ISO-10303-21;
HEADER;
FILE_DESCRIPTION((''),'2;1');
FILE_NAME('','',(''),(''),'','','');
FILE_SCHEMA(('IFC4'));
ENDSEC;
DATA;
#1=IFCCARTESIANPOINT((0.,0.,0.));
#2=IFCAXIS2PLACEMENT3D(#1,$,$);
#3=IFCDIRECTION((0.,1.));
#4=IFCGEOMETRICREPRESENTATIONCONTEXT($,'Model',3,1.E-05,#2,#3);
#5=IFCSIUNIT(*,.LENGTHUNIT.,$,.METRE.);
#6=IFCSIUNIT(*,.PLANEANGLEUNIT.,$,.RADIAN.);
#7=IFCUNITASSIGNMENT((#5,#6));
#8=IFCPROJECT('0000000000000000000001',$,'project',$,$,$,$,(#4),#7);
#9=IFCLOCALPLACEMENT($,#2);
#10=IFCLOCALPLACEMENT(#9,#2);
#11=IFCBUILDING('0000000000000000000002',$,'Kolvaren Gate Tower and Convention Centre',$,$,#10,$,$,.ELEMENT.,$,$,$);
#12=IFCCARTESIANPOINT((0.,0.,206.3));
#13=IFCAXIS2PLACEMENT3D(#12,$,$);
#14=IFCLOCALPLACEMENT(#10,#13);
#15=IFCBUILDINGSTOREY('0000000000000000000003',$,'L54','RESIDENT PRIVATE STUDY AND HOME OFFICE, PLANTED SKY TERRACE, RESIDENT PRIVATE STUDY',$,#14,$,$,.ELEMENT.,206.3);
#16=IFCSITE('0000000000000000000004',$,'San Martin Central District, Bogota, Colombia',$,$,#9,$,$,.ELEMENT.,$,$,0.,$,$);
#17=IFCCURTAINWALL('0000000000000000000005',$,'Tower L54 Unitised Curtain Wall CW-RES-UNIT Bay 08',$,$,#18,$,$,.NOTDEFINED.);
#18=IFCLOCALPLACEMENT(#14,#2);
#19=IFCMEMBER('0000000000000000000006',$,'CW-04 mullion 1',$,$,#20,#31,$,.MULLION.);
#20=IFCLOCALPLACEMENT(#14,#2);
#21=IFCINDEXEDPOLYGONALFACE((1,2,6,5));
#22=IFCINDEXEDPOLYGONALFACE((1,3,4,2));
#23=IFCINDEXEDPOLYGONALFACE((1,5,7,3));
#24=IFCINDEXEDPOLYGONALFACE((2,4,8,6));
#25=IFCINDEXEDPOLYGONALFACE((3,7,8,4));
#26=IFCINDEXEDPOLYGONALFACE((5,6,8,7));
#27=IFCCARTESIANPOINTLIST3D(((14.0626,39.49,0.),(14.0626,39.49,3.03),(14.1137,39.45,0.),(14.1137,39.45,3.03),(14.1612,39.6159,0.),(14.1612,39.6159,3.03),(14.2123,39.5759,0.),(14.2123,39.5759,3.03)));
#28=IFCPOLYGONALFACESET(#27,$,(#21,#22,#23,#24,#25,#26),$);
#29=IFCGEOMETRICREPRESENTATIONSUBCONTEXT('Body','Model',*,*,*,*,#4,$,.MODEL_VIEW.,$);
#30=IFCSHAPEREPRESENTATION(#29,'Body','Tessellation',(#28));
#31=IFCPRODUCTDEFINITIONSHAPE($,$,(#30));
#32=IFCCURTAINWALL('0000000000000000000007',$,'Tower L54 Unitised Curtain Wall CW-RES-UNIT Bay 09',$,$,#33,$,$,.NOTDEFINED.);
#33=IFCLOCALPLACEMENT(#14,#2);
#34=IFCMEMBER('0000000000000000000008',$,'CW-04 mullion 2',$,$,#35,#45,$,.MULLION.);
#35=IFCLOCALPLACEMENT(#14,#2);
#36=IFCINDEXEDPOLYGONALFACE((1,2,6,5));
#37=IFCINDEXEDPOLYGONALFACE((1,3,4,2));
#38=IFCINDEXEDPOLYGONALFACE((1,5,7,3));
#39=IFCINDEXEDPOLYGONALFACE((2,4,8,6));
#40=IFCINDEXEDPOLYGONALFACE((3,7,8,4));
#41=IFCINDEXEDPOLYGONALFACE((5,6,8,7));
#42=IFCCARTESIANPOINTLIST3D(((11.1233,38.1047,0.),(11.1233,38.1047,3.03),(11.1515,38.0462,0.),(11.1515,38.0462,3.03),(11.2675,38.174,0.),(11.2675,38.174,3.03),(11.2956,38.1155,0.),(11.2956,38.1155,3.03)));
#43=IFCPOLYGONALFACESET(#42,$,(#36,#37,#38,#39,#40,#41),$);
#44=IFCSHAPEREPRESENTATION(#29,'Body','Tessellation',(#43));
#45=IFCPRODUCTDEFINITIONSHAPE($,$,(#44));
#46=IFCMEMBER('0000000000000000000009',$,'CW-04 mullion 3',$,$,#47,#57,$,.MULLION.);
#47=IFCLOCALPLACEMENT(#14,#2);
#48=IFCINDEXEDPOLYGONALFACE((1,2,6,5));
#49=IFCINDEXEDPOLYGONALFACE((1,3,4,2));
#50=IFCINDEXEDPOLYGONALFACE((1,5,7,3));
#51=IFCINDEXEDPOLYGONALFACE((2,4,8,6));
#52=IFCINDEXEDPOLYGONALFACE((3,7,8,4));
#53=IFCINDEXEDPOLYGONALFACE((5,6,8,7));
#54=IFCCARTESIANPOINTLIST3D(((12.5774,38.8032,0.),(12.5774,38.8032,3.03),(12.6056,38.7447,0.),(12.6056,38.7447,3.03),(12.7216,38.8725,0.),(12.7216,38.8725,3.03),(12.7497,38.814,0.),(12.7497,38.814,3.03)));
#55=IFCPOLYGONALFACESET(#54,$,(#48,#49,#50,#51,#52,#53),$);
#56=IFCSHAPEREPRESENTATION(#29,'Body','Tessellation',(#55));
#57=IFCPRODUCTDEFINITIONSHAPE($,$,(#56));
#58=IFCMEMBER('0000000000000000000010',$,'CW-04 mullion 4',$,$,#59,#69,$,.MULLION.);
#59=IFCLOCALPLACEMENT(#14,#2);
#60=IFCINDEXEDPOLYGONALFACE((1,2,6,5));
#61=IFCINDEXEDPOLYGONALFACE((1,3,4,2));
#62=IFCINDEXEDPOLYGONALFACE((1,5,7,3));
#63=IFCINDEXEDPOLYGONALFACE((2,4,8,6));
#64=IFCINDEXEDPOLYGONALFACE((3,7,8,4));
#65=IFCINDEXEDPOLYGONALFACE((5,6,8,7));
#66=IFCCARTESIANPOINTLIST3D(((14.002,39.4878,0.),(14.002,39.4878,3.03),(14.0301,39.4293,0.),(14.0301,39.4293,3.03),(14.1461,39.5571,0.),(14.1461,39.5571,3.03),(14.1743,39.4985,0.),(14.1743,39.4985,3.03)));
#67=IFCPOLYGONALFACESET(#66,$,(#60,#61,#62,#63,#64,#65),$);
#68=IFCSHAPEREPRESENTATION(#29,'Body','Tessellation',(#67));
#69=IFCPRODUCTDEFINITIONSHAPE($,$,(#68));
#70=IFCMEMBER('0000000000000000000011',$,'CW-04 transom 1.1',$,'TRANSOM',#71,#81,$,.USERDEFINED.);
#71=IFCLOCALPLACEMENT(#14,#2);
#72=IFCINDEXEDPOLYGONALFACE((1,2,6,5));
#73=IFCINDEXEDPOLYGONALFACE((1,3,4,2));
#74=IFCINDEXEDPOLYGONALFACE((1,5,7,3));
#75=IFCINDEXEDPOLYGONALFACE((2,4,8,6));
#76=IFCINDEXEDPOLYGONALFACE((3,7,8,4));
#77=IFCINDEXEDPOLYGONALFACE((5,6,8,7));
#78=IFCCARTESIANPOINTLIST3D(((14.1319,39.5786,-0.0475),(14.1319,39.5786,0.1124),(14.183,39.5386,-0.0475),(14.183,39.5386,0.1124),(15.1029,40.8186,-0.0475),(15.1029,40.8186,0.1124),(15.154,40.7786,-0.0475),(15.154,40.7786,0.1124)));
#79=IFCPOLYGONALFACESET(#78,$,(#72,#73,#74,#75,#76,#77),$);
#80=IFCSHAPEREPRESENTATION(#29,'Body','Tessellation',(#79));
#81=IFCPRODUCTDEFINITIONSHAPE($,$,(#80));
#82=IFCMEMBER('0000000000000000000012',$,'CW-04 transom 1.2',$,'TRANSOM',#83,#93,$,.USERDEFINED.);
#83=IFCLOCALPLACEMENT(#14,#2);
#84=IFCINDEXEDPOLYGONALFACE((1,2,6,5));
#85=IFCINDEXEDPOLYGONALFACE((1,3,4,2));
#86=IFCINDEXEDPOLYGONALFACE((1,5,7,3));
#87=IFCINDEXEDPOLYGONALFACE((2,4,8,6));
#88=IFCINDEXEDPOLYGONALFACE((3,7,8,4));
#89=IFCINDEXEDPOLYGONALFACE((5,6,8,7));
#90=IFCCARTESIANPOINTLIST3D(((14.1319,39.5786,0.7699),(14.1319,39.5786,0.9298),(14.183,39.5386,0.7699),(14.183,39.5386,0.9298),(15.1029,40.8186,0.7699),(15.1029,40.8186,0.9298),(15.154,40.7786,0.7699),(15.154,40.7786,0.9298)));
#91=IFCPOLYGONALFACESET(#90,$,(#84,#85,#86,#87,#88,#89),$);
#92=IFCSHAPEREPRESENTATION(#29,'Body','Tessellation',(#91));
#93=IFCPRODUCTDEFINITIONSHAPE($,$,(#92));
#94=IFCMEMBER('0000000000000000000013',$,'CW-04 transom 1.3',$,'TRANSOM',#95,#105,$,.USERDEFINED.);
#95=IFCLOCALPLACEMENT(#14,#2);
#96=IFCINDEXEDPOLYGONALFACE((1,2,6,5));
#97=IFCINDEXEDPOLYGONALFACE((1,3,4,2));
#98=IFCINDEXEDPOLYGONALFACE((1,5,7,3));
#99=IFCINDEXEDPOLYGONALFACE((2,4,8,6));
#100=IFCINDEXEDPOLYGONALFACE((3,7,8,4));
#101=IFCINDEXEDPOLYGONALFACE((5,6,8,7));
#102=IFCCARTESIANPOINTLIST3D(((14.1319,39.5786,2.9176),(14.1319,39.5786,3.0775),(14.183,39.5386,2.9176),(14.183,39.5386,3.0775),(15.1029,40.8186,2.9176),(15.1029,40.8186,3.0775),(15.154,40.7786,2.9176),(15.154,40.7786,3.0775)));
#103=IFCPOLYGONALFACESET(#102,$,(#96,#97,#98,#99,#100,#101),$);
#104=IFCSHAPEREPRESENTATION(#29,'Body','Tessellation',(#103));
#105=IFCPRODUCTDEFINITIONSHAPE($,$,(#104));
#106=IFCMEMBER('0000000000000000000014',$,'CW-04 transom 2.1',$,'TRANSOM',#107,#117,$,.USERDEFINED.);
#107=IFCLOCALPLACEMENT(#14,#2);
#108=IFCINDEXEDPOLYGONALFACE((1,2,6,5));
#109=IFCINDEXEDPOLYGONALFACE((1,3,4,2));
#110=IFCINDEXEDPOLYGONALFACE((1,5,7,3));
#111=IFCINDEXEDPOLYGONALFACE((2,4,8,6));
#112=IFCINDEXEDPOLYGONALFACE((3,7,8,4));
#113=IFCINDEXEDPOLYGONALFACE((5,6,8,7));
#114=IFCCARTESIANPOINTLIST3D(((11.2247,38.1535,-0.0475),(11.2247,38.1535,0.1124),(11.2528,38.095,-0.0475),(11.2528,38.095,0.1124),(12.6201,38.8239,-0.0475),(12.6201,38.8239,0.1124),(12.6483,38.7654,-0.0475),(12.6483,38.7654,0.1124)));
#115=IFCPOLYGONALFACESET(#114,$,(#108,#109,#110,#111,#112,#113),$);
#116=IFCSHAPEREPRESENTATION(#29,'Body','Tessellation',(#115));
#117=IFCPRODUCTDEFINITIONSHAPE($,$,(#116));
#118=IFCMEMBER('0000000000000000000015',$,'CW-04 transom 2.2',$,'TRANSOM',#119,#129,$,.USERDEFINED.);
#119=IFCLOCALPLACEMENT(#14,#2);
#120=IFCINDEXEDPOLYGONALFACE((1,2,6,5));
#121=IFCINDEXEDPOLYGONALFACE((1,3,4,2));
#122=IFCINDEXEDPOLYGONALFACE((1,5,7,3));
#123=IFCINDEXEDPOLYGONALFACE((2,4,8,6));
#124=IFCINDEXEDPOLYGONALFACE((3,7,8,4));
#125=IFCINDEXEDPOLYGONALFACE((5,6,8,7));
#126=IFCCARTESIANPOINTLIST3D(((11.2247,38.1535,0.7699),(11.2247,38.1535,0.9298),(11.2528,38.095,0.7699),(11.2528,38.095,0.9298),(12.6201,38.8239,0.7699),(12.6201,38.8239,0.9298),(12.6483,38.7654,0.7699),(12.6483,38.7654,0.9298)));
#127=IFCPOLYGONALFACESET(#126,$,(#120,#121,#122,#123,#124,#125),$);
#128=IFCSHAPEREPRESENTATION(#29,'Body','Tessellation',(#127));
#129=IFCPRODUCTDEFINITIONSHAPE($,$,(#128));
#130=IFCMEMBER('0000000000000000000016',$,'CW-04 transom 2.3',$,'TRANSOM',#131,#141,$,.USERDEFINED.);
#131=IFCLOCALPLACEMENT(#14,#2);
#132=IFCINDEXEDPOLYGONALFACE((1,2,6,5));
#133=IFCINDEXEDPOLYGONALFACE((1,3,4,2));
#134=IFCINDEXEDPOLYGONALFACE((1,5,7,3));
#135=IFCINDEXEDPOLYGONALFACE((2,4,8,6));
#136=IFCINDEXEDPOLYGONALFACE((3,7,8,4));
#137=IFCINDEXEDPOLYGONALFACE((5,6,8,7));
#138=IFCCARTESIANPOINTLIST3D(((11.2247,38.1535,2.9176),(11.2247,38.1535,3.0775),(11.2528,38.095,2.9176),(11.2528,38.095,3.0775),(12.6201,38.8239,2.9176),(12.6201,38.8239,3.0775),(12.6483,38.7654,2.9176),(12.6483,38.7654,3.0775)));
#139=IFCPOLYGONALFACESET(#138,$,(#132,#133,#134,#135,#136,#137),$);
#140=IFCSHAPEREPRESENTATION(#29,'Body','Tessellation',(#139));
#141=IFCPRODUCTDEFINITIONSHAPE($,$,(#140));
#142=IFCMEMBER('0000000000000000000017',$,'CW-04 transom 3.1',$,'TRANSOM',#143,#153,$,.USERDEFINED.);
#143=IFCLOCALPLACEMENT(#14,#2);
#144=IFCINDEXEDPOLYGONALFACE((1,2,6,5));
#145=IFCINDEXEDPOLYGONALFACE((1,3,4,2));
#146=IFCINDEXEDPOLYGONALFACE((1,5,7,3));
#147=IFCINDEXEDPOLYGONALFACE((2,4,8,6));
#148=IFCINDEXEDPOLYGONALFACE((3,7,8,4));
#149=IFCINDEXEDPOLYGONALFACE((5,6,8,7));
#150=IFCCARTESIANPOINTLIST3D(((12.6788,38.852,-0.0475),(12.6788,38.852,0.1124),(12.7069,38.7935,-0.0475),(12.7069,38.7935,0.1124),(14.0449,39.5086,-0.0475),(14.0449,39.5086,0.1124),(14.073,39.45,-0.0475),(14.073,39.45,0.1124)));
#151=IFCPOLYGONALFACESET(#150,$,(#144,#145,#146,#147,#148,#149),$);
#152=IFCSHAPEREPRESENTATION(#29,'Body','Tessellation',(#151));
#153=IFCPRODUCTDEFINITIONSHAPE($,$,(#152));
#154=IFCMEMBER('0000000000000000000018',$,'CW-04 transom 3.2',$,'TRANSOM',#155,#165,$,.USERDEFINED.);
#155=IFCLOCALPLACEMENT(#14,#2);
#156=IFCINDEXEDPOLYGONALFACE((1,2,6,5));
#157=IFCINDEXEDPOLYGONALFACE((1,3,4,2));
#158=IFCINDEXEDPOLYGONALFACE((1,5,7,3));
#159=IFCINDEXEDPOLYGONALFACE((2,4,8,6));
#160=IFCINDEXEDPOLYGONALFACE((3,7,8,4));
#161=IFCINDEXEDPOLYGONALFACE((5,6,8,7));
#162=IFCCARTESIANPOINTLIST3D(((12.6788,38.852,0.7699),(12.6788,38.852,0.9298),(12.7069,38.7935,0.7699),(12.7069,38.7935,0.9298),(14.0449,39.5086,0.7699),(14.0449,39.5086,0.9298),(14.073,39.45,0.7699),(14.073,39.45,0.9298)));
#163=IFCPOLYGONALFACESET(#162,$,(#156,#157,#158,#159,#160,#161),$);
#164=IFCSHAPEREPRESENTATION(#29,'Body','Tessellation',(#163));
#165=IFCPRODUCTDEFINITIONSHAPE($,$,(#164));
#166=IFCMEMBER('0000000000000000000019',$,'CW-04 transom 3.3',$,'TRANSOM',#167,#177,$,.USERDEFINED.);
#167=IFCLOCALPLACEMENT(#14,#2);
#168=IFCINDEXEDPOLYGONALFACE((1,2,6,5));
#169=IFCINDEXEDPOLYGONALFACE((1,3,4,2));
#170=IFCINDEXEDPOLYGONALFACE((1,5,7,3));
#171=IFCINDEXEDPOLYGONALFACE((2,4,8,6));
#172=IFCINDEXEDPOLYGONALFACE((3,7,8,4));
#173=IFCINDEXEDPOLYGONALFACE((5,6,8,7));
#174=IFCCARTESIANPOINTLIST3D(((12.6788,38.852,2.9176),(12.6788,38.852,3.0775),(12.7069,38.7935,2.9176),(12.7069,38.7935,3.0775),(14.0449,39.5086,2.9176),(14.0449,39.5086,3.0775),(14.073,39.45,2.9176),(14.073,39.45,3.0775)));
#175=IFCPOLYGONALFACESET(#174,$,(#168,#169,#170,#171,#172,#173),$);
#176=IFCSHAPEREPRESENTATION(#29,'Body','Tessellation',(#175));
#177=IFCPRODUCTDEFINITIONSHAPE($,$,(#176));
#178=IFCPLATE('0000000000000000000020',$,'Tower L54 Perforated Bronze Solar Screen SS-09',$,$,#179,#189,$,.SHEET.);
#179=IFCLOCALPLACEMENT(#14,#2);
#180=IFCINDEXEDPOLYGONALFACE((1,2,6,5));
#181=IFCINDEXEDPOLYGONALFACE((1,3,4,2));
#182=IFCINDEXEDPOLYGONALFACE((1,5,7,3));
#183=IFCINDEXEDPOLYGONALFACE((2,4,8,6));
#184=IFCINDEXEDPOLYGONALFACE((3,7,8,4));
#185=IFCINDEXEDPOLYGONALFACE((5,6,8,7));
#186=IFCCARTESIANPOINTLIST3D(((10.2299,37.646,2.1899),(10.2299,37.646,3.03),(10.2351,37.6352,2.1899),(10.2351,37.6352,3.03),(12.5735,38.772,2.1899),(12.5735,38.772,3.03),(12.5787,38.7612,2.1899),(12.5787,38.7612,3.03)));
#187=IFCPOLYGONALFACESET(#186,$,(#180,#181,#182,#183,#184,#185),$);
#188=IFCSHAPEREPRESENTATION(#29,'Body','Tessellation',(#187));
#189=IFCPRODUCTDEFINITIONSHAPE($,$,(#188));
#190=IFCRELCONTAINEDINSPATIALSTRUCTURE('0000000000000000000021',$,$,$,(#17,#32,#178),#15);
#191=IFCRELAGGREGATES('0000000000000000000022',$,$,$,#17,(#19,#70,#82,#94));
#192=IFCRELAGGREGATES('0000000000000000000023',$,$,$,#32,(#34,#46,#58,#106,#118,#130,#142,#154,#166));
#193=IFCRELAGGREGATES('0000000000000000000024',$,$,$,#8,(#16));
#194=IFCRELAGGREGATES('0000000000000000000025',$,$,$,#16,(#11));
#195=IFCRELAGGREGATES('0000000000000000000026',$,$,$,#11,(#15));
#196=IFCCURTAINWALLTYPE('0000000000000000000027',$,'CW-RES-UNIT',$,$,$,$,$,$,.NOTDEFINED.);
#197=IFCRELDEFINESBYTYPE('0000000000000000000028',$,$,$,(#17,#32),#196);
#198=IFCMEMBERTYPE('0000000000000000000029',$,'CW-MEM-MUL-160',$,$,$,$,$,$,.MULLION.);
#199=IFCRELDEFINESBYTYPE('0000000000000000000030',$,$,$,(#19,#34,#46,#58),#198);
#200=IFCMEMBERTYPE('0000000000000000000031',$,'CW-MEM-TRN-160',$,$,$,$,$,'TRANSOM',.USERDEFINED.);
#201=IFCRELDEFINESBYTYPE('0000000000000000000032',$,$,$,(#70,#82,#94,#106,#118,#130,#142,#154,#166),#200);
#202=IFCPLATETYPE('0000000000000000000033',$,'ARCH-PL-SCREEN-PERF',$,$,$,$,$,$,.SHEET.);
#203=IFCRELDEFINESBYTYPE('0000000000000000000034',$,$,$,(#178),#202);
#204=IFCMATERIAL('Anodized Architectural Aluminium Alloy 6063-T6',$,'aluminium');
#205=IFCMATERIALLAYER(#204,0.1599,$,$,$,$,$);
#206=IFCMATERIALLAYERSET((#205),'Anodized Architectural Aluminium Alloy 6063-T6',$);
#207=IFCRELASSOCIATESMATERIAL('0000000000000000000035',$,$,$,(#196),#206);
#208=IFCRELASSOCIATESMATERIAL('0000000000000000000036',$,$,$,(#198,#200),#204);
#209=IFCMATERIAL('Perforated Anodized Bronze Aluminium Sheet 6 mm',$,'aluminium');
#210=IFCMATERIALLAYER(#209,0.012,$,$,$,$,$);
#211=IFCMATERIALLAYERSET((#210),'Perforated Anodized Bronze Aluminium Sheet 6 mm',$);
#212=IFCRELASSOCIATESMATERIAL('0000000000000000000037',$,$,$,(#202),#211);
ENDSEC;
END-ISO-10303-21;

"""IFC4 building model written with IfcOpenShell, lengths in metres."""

from ifc_helpers import new_model, si_unit, direction, frame, origin, origin_2d, place, context, subcontext, project, spatial, rectangle, extrude, material, layer, layer_set, material_profile, profile_set, type_object, element, aggregate, save


model = new_model("IFC4")

# Units and contexts
model_context = context("Model", 3, precision=1e-05, world=origin(), true_north=direction((0.0, 1.0)))
body_context = subcontext(model_context, "Body", "Model", "MODEL_VIEW")
ifc_project = project(units=[si_unit("LENGTHUNIT", "METRE"), si_unit("PLANEANGLEUNIT", "RADIAN")], contexts=[model_context])

# Site, building, storey
site_placement = place(None, origin())
site = spatial("IfcSite", under=ifc_project, at=site_placement, Name="San Martin Central District, Bogota, Colombia", CompositionType="ELEMENT", RefElevation=0.0)
building_placement = place(site_placement, origin())
building = spatial("IfcBuilding", under=site, at=building_placement, Name="Kolvaren Gate Tower and Convention Centre", CompositionType="ELEMENT")
storey_placement = place(building_placement, frame((0.0, 0.0, 206.3)))
storey = spatial("IfcBuildingStorey", under=building, at=storey_placement, Name="L54", Description="RESIDENT PRIVATE STUDY AND HOME OFFICE, PLANTED SKY TERRACE, RESIDENT PRIVATE STUDY", CompositionType="ELEMENT", Elevation=206.3)

# Curtain wall, member
ifc_material_1 = material(Name="Anodized Architectural Aluminium Alloy 6063-T6", Category="aluminium")
ifc_layer_1 = layer(ifc_material_1, 0.1599)
ifc_layer_set_1 = layer_set([ifc_layer_1], Name="Anodized Architectural Aluminium Alloy 6063-T6")
curtain_wall_type = type_object("IfcCurtainWallType", Name="CW-RES-UNIT", PredefinedType="NOTDEFINED", material=ifc_layer_set_1)
curtain_wall_1_placement = place(storey_placement, origin())
curtain_wall_1 = element("IfcCurtainWall", 1, at=curtain_wall_1_placement, inside=storey, type_object=curtain_wall_type, Name="Tower L54 Unitised Curtain Wall CW-RES-UNIT Bay 08", PredefinedType="NOTDEFINED")
ifc_material_profile_1 = material_profile(ifc_material_1, rectangle(XDim=0.0649, YDim=0.1599, at=origin_2d()), Name="CW-MEM-MUL-160")
ifc_profile_set_1 = profile_set([ifc_material_profile_1], Name="Anodized Architectural Aluminium Alloy 6063-T6")
member_type_1 = type_object("IfcMemberType", Name="CW-MEM-MUL-160", PredefinedType="MULLION", material=ifc_profile_set_1)
member_1_placement = place(storey_placement, frame((14.1375, 39.533, 0.0), z_axis=(0.0, 0.0, 1.0), x_axis=(-0.78741, 0.61643, 0.0)))
member_1 = element("IfcMember", 2, at=member_1_placement, type_object=member_type_1, Name="CW-04 mullion 1", PredefinedType="MULLION", context=body_context, shape_type="SweptSolid", body=[
    extrude(rectangle(XDim=0.0649, YDim=0.1599, at=origin_2d()), origin(), (0.0, 0.0, 1.0), 3.03),
])

# Curtain wall, members
curtain_wall_2_placement = place(storey_placement, origin())
curtain_wall_2 = element("IfcCurtainWall", 3, at=curtain_wall_2_placement, inside=storey, type_object=curtain_wall_type, Name="Tower L54 Unitised Curtain Wall CW-RES-UNIT Bay 09", PredefinedType="NOTDEFINED")
member_2_placement = place(storey_placement, frame((11.2095, 38.1101, 0.0), z_axis=(0.0, 0.0, 1.0), x_axis=(-0.433066, 0.901362, 0.0)))
member_2 = element("IfcMember", 4, at=member_2_placement, type_object=member_type_1, Name="CW-04 mullion 2", PredefinedType="MULLION", context=body_context, shape_type="SweptSolid", body=[
    extrude(rectangle(XDim=0.0649, YDim=0.1599, at=origin_2d()), origin(), (0.0, 0.0, 1.0), 3.03),
])
member_3_placement = place(storey_placement, frame((12.6636, 38.8086, 0.0), z_axis=(0.0, 0.0, 1.0), x_axis=(-0.433066, 0.901362, 0.0)))
member_3 = element("IfcMember", 5, at=member_3_placement, type_object=member_type_1, Name="CW-04 mullion 3", PredefinedType="MULLION", context=body_context, shape_type="SweptSolid", body=[
    extrude(rectangle(XDim=0.0649, YDim=0.1599, at=origin_2d()), origin(), (0.0, 0.0, 1.0), 3.03),
])
member_4_placement = place(storey_placement, frame((14.0881, 39.4932, 0.0), z_axis=(0.0, 0.0, 1.0), x_axis=(-0.433066, 0.901362, 0.0)))
member_4 = element("IfcMember", 6, at=member_4_placement, type_object=member_type_1, Name="CW-04 mullion 4", PredefinedType="MULLION", context=body_context, shape_type="SweptSolid", body=[
    extrude(rectangle(XDim=0.0649, YDim=0.1599, at=origin_2d()), origin(), (0.0, 0.0, 1.0), 3.03),
])

# Members
ifc_material_profile_2 = material_profile(ifc_material_1, rectangle(XDim=0.0649, YDim=0.1599, at=origin_2d()), Name="CW-MEM-TRN-160")
ifc_profile_set_2 = profile_set([ifc_material_profile_2], Name="Anodized Architectural Aluminium Alloy 6063-T6")
member_type_2 = type_object("IfcMemberType", Name="CW-MEM-TRN-160", ElementType="TRANSOM", PredefinedType="USERDEFINED", material=ifc_profile_set_2)
member_5_placement = place(storey_placement, frame((14.1575, 39.5586, 0.0325), z_axis=(0.616513, 0.787345, 0.0), x_axis=(-0.787345, 0.616513, 0.0)))
member_5 = element("IfcMember", 7, at=member_5_placement, type_object=member_type_2, Name="CW-04 transom 1.1", ObjectType="TRANSOM", PredefinedType="USERDEFINED", context=body_context, shape_type="SweptSolid", body=[
    extrude(rectangle(XDim=0.0649, YDim=0.1599, at=origin_2d()), origin(), (0.0, 0.0, 1.0), 1.575),
])
member_6_placement = place(storey_placement, frame((14.1575, 39.5586, 0.8499), z_axis=(0.616513, 0.787345, 0.0), x_axis=(-0.787345, 0.616513, 0.0)))
member_6 = element("IfcMember", 8, at=member_6_placement, type_object=member_type_2, Name="CW-04 transom 1.2", ObjectType="TRANSOM", PredefinedType="USERDEFINED", context=body_context, shape_type="SweptSolid", body=[
    extrude(rectangle(XDim=0.0649, YDim=0.1599, at=origin_2d()), origin(), (0.0, 0.0, 1.0), 1.575),
])
member_7_placement = place(storey_placement, frame((14.1575, 39.5586, 2.9976), z_axis=(0.616513, 0.787345, 0.0), x_axis=(-0.787345, 0.616513, 0.0)))
member_7 = element("IfcMember", 9, at=member_7_placement, type_object=member_type_2, Name="CW-04 transom 1.3", ObjectType="TRANSOM", PredefinedType="USERDEFINED", context=body_context, shape_type="SweptSolid", body=[
    extrude(rectangle(XDim=0.0649, YDim=0.1599, at=origin_2d()), origin(), (0.0, 0.0, 1.0), 1.575),
])
member_8_placement = place(storey_placement, frame((11.2388, 38.1243, 0.0325), z_axis=(0.90138, 0.433028, 0.0), x_axis=(-0.433028, 0.90138, 0.0)))
member_8 = element("IfcMember", 10, at=member_8_placement, type_object=member_type_2, Name="CW-04 transom 2.1", ObjectType="TRANSOM", PredefinedType="USERDEFINED", context=body_context, shape_type="SweptSolid", body=[
    extrude(rectangle(XDim=0.0649, YDim=0.1599, at=origin_2d()), origin(), (0.0, 0.0, 1.0), 1.5481),
])
member_9_placement = place(storey_placement, frame((11.2388, 38.1243, 0.8499), z_axis=(0.90138, 0.433028, 0.0), x_axis=(-0.433028, 0.90138, 0.0)))
member_9 = element("IfcMember", 11, at=member_9_placement, type_object=member_type_2, Name="CW-04 transom 2.2", ObjectType="TRANSOM", PredefinedType="USERDEFINED", context=body_context, shape_type="SweptSolid", body=[
    extrude(rectangle(XDim=0.0649, YDim=0.1599, at=origin_2d()), origin(), (0.0, 0.0, 1.0), 1.5481),
])
member_10_placement = place(storey_placement, frame((11.2388, 38.1243, 2.9976), z_axis=(0.90138, 0.433028, 0.0), x_axis=(-0.433028, 0.90138, 0.0)))
member_10 = element("IfcMember", 12, at=member_10_placement, type_object=member_type_2, Name="CW-04 transom 2.3", ObjectType="TRANSOM", PredefinedType="USERDEFINED", context=body_context, shape_type="SweptSolid", body=[
    extrude(rectangle(XDim=0.0649, YDim=0.1599, at=origin_2d()), origin(), (0.0, 0.0, 1.0), 1.5481),
])
member_11_placement = place(storey_placement, frame((12.6929, 38.8228, 0.0325), z_axis=(0.901309, 0.433176, 0.0), x_axis=(-0.433176, 0.901309, 0.0)))
member_11 = element("IfcMember", 13, at=member_11_placement, type_object=member_type_2, Name="CW-04 transom 3.1", ObjectType="TRANSOM", PredefinedType="USERDEFINED", context=body_context, shape_type="SweptSolid", body=[
    extrude(rectangle(XDim=0.0649, YDim=0.1599, at=origin_2d()), origin(), (0.0, 0.0, 1.0), 1.5156),
])
member_12_placement = place(storey_placement, frame((12.6929, 38.8228, 0.8499), z_axis=(0.901309, 0.433176, 0.0), x_axis=(-0.433176, 0.901309, 0.0)))
member_12 = element("IfcMember", 14, at=member_12_placement, type_object=member_type_2, Name="CW-04 transom 3.2", ObjectType="TRANSOM", PredefinedType="USERDEFINED", context=body_context, shape_type="SweptSolid", body=[
    extrude(rectangle(XDim=0.0649, YDim=0.1599, at=origin_2d()), origin(), (0.0, 0.0, 1.0), 1.5156),
])
member_13_placement = place(storey_placement, frame((12.6929, 38.8228, 2.9976), z_axis=(0.901309, 0.433176, 0.0), x_axis=(-0.433176, 0.901309, 0.0)))
member_13 = element("IfcMember", 15, at=member_13_placement, type_object=member_type_2, Name="CW-04 transom 3.3", ObjectType="TRANSOM", PredefinedType="USERDEFINED", context=body_context, shape_type="SweptSolid", body=[
    extrude(rectangle(XDim=0.0649, YDim=0.1599, at=origin_2d()), origin(), (0.0, 0.0, 1.0), 1.5156),
])

# Plate
ifc_material_2 = material(Name="Perforated Anodized Bronze Aluminium Sheet 6 mm", Category="aluminium")
ifc_layer_2 = layer(ifc_material_2, 0.012)
ifc_layer_set_2 = layer_set([ifc_layer_2], Name="Perforated Anodized Bronze Aluminium Sheet 6 mm")
plate_type_1 = type_object("IfcPlateType", Name="ARCH-PL-SCREEN-PERF", PredefinedType="SHEET", material=ifc_layer_set_2)
plate_1_placement = place(storey_placement, frame((11.4043, 38.2036, 2.1899), z_axis=(0.0, 0.0, 1.0), x_axis=(0.901359, 0.433072, 0.0)))
element("IfcPlate", 16, at=plate_1_placement, inside=storey, type_object=plate_type_1, Name="Tower L54 Perforated Bronze Solar Screen SS-09", PredefinedType="SHEET", context=body_context, shape_type="SweptSolid", body=[
    extrude(rectangle(XDim=2.6001, YDim=0.012, at=origin_2d()), origin(), (0.0, 0.0, 1.0), 0.8401),
])
aggregate(curtain_wall_1, [member_1, member_5, member_6, member_7])
aggregate(curtain_wall_2, [member_2, member_3, member_4, member_8, member_9, member_10, member_11, member_12, member_13])

save(model, "model.ifc")
